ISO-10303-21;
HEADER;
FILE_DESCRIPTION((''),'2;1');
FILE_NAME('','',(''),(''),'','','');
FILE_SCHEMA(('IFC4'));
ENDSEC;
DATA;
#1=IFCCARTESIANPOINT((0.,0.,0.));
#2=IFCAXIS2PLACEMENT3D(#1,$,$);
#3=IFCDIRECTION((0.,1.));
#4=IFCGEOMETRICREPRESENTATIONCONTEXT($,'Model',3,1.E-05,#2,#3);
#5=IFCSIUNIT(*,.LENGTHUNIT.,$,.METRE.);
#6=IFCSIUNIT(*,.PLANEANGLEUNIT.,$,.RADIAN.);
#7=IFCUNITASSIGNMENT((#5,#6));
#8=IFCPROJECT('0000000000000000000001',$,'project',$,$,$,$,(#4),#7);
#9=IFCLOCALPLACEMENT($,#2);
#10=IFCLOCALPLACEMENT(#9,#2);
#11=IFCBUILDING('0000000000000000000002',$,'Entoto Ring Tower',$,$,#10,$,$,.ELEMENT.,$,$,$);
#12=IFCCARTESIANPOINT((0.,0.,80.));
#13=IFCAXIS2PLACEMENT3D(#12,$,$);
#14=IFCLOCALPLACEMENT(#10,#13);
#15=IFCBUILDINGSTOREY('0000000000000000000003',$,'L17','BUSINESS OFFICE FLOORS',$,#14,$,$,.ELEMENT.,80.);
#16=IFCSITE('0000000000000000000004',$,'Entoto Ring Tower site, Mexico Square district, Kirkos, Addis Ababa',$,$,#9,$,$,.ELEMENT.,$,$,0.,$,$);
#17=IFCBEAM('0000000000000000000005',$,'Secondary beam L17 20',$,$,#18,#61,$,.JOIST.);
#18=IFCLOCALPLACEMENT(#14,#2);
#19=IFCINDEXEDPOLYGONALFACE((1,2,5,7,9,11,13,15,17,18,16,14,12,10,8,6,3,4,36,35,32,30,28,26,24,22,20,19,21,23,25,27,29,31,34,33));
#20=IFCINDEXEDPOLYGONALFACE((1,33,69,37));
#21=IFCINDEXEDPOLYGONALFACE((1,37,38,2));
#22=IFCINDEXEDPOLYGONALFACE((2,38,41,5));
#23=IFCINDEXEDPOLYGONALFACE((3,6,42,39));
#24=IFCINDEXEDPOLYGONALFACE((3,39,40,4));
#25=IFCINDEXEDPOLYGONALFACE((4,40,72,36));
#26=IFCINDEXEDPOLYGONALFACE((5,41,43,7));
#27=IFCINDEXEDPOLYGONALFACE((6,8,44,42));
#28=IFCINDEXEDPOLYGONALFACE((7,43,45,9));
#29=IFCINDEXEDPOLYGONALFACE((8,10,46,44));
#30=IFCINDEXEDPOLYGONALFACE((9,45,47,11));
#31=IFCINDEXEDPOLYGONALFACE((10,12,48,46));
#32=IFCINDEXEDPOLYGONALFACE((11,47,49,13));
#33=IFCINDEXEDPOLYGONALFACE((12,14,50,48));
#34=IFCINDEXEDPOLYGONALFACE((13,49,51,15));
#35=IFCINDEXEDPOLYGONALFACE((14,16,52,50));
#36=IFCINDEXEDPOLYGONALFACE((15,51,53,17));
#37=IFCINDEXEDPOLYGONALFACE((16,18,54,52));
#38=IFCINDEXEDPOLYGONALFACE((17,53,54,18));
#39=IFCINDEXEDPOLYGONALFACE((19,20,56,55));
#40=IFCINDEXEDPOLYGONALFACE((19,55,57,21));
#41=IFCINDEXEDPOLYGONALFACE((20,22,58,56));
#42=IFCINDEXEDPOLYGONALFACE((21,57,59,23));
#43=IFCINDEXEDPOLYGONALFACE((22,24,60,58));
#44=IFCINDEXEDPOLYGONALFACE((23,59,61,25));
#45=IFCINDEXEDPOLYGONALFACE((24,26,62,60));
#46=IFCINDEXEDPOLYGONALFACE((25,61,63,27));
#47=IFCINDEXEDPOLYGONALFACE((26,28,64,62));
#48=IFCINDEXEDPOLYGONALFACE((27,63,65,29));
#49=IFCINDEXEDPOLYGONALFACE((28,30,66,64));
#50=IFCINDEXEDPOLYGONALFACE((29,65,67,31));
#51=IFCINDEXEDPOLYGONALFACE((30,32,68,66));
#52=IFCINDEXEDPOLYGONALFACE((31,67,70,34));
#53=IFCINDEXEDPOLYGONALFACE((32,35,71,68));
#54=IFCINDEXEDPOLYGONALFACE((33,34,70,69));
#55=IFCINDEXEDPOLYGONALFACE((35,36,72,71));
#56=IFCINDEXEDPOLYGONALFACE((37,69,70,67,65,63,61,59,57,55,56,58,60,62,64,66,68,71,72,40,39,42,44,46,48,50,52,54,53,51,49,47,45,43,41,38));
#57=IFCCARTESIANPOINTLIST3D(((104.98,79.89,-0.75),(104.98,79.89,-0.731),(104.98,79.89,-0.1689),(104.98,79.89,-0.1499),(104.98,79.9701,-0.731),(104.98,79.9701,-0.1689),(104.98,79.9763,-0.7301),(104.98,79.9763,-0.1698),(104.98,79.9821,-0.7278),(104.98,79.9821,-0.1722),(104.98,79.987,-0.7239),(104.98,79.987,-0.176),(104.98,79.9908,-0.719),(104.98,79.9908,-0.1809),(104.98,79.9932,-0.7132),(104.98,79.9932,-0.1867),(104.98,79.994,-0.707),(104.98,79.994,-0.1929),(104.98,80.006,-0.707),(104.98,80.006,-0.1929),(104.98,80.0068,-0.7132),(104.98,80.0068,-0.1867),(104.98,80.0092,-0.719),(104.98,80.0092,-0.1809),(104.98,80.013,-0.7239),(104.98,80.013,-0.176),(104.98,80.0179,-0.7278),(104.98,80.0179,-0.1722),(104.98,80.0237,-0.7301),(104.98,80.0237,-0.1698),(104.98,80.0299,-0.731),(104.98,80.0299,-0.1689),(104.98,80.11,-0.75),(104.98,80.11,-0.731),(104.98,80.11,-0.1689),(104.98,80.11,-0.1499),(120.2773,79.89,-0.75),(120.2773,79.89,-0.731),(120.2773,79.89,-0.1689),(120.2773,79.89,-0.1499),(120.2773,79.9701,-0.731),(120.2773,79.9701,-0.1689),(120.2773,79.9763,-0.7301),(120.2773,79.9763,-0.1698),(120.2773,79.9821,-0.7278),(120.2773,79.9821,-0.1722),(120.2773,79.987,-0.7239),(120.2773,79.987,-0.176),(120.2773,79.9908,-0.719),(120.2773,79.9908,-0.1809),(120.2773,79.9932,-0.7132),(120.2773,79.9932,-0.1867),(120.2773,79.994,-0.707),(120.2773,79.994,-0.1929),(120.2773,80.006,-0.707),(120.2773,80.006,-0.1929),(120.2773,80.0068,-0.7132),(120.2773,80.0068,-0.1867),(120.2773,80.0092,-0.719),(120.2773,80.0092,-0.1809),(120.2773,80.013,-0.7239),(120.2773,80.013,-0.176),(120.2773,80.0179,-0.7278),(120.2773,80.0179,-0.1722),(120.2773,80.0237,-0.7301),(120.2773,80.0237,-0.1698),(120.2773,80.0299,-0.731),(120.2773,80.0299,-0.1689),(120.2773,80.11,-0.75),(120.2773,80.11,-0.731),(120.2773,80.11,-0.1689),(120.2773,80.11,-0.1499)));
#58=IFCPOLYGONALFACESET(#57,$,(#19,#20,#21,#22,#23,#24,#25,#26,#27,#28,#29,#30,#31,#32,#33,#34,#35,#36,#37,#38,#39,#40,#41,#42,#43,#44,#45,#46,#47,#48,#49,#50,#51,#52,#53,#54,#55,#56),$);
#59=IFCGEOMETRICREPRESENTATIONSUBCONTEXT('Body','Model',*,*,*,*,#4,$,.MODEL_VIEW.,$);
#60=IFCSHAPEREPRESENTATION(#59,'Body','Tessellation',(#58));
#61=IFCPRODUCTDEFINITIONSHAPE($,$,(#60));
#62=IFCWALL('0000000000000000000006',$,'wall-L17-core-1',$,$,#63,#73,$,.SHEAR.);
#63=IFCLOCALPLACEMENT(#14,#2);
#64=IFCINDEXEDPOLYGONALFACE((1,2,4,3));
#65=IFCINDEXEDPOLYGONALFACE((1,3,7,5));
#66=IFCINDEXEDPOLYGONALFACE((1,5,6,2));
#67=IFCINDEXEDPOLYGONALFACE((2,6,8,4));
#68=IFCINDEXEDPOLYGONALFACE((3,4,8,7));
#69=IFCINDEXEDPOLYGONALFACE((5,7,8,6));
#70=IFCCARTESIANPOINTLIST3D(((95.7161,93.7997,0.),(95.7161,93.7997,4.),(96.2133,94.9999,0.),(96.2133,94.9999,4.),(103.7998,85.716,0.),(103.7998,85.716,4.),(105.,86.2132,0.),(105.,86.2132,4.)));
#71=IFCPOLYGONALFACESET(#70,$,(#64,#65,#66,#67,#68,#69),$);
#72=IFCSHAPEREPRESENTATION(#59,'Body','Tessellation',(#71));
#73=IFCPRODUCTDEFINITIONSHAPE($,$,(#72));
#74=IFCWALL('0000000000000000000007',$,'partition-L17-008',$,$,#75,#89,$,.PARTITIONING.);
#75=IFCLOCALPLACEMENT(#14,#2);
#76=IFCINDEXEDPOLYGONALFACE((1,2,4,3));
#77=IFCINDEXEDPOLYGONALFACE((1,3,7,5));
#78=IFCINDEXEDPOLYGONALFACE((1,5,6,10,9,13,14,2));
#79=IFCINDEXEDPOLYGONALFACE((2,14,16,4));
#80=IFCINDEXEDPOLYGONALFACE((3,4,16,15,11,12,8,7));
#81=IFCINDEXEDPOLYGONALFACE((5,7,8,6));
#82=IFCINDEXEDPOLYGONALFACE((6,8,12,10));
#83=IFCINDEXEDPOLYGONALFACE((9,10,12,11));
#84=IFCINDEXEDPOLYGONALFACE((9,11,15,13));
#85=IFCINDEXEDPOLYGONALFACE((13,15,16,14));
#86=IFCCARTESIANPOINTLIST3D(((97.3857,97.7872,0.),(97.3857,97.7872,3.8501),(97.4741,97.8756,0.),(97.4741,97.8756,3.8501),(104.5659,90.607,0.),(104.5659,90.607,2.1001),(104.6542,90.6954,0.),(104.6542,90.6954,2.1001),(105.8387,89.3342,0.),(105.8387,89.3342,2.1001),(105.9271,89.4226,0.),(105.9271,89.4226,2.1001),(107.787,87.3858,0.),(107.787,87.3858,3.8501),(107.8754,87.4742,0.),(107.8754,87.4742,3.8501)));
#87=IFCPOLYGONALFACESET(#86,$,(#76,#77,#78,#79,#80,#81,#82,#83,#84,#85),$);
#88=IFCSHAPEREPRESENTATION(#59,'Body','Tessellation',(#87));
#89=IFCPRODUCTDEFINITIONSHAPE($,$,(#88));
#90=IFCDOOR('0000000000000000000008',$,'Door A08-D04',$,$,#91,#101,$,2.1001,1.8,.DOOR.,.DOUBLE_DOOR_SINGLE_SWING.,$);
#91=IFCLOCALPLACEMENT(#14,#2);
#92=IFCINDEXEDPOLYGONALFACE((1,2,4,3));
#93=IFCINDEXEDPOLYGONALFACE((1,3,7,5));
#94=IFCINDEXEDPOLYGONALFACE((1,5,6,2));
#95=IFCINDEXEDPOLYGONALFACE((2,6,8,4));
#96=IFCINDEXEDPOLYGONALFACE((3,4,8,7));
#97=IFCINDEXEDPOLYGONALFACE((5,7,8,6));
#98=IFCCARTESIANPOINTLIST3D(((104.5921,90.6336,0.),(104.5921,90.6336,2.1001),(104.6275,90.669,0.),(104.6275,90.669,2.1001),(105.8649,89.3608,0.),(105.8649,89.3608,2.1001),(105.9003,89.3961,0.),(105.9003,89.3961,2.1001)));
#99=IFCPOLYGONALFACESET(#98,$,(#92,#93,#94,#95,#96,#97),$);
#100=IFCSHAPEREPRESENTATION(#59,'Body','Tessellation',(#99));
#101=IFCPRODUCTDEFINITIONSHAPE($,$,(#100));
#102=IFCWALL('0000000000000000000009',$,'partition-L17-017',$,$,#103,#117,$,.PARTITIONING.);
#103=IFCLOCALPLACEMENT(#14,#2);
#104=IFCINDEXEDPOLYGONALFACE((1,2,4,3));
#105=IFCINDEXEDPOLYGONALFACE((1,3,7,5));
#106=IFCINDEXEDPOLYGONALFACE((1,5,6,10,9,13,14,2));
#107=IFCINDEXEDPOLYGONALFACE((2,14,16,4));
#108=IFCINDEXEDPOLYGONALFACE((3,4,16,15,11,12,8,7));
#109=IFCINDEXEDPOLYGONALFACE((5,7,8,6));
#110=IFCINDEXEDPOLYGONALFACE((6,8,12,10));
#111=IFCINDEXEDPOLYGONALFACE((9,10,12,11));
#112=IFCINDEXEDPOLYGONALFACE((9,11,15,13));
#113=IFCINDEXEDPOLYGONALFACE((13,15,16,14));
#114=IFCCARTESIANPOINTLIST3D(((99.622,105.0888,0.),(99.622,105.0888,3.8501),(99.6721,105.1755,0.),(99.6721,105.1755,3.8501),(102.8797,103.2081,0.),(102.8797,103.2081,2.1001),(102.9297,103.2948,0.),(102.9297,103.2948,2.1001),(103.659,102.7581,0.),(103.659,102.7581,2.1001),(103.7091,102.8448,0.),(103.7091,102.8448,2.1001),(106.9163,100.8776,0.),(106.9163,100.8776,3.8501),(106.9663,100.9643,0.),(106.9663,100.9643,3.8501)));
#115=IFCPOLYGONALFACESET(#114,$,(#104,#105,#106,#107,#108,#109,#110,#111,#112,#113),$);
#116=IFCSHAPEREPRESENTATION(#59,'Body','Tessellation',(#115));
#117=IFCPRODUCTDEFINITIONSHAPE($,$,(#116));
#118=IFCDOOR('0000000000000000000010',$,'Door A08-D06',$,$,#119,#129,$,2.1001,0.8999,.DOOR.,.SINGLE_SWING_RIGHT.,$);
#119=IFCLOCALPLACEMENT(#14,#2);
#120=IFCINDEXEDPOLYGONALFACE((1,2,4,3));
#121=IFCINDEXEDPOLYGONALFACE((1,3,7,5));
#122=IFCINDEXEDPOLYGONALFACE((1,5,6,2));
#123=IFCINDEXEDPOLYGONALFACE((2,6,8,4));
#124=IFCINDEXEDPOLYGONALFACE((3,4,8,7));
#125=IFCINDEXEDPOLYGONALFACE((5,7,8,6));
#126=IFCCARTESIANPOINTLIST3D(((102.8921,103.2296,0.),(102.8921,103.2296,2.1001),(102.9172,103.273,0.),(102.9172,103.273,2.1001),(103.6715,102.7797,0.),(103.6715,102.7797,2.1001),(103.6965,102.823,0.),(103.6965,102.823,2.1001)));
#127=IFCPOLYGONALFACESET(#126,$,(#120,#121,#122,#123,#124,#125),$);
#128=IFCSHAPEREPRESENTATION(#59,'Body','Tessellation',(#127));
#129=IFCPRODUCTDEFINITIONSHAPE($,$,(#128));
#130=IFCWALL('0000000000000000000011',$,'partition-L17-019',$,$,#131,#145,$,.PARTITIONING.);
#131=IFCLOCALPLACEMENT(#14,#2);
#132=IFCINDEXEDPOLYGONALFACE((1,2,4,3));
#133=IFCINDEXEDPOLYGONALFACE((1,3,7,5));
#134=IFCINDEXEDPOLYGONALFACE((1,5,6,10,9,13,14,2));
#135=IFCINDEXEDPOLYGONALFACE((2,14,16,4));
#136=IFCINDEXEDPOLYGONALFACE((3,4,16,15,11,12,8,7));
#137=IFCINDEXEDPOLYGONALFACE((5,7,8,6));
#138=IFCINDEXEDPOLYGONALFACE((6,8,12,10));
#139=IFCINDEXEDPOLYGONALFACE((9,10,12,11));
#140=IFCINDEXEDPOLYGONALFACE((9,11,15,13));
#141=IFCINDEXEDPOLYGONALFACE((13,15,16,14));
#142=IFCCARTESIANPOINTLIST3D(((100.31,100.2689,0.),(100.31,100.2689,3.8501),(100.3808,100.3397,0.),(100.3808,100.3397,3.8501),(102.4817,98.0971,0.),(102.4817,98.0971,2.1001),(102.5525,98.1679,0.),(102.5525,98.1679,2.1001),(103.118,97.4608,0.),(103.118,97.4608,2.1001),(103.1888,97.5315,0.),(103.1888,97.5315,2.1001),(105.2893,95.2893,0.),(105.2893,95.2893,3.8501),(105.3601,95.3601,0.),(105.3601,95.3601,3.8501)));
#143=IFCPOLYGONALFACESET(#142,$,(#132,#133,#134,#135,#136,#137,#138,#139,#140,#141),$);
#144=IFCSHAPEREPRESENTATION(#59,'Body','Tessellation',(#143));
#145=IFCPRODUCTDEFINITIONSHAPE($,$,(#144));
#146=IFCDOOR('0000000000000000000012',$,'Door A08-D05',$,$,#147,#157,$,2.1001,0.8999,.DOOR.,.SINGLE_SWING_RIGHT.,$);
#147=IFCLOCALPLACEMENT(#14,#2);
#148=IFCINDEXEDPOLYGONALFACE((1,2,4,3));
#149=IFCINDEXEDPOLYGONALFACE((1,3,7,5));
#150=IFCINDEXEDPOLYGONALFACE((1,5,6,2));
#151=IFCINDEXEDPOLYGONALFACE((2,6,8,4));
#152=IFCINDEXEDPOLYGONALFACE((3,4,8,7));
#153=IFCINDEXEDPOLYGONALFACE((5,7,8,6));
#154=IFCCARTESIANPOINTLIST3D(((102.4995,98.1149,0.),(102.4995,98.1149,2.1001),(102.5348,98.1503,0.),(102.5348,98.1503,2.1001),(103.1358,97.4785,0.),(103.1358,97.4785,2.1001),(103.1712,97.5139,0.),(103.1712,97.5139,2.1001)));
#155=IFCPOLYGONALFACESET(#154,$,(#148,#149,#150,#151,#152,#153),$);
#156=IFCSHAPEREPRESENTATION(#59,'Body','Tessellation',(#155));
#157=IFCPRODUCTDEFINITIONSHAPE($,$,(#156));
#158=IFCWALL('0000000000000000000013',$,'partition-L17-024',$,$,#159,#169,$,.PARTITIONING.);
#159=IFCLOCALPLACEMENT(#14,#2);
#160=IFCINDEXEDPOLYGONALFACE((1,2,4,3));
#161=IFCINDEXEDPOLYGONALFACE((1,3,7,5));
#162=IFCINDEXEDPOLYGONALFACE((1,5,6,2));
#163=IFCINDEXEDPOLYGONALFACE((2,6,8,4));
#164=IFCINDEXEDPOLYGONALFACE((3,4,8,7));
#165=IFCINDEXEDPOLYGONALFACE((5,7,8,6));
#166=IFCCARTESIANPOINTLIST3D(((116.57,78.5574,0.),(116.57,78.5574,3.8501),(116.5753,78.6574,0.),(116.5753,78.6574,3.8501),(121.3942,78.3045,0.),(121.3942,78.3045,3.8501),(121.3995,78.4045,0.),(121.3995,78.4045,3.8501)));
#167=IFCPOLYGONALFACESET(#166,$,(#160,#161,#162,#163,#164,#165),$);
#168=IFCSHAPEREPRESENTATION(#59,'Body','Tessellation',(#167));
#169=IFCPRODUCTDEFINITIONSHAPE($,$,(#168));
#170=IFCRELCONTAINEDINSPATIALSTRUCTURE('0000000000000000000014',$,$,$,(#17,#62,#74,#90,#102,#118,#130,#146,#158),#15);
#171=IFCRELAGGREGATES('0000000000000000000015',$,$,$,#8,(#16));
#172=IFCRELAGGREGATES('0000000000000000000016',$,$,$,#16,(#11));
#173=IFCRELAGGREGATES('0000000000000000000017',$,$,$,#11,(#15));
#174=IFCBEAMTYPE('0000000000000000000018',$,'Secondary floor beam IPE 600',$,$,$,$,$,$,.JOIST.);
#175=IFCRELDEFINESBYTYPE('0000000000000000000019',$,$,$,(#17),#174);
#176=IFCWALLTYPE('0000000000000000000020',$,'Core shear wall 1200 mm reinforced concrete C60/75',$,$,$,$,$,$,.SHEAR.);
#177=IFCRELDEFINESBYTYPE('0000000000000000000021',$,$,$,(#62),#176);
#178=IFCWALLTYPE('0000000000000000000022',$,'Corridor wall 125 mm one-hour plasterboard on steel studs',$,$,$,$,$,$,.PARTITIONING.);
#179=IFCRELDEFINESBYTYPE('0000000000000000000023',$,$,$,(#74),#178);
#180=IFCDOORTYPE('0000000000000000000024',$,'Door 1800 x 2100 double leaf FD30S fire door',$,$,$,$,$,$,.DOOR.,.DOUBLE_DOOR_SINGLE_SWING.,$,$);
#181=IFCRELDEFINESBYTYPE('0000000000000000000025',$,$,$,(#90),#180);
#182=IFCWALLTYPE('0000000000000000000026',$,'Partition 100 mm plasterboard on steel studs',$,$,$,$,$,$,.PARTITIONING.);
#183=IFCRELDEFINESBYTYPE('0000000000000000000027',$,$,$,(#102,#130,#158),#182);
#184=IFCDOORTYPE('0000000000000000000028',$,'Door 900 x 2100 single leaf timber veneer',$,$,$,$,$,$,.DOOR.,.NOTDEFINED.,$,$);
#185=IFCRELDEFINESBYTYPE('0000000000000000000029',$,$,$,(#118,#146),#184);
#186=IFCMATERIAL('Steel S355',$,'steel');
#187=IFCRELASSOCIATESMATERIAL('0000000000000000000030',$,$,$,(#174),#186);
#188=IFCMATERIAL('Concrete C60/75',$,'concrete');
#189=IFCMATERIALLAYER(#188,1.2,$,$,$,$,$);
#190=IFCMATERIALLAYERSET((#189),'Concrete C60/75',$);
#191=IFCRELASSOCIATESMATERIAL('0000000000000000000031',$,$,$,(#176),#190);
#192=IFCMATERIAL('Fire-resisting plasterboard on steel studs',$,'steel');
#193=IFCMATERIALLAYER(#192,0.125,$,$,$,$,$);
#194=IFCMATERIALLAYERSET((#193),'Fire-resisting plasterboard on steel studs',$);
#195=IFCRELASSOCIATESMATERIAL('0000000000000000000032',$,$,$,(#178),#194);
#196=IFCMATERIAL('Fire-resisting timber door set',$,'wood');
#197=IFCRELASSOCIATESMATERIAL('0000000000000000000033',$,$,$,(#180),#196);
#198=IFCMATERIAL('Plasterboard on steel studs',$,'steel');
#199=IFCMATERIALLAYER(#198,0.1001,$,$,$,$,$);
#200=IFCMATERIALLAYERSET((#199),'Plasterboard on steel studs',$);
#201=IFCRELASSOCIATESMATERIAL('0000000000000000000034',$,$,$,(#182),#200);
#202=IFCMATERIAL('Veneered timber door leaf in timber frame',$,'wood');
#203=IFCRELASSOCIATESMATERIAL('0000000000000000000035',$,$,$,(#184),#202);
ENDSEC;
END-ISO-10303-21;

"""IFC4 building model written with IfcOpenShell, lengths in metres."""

from ifc_helpers import new_model, si_unit, direction, frame, frame_2d, origin, origin_2d, place, context, subcontext, project, spatial, polyline, rectangle, i_section, outline, extrude, material, layer, layer_set, material_profile, profile_set, type_object, element, fill, save


model = new_model("IFC4")

# Units and contexts
model_context = context("Model", 3, precision=1e-05, world=origin(), true_north=direction((0.0, 1.0)))
body_context = subcontext(model_context, "Body", "Model", "MODEL_VIEW")
ifc_project = project(units=[si_unit("LENGTHUNIT", "METRE"), si_unit("PLANEANGLEUNIT", "RADIAN")], contexts=[model_context])

# Site, building, storey
site_placement = place(None, origin())
site = spatial("IfcSite", under=ifc_project, at=site_placement, Name="Entoto Ring Tower site, Mexico Square district, Kirkos, Addis Ababa", CompositionType="ELEMENT", RefElevation=0.0)
building_placement = place(site_placement, origin())
building = spatial("IfcBuilding", under=site, at=building_placement, Name="Entoto Ring Tower", CompositionType="ELEMENT")
storey_placement = place(building_placement, frame((0.0, 0.0, 80.0)))
storey = spatial("IfcBuildingStorey", under=building, at=storey_placement, Name="L17", Description="BUSINESS OFFICE FLOORS", CompositionType="ELEMENT", Elevation=80.0)

# Beam
ifc_material_1 = material(Name="Steel S355", Category="steel")
ifc_material_profile_1 = material_profile(ifc_material_1, i_section(OverallWidth=0.22, OverallDepth=0.6001, WebThickness=0.012, FlangeThickness=0.019, FilletRadius=0.0239, at=origin_2d()), Name="IPE 600")
ifc_profile_set_1 = profile_set([ifc_material_profile_1], Name="Steel S355")
beam_type_1 = type_object("IfcBeamType", Name="Secondary floor beam IPE 600", PredefinedType="JOIST", material=ifc_profile_set_1)
beam_1_placement = place(storey_placement, frame((104.98, 80.0, -0.45), z_axis=(1.0, 0.0, 0.0), x_axis=(0.0, 1.0, 0.0)))
element("IfcBeam", 1, at=beam_1_placement, inside=storey, type_object=beam_type_1, Name="Secondary beam L17 20", PredefinedType="JOIST", context=body_context, shape_type="SweptSolid", body=[
    extrude(i_section(OverallWidth=0.22, OverallDepth=0.6001, WebThickness=0.012, FlangeThickness=0.019, FilletRadius=0.0239, at=origin_2d()), origin(), (0.0, 0.0, 1.0), 15.2974),
])

# Wall
ifc_material_2 = material(Name="Concrete C60/75", Category="concrete")
ifc_layer_1 = layer(ifc_material_2, 1.2)
ifc_layer_set_1 = layer_set([ifc_layer_1], Name="Concrete C60/75")
wall_type_1 = type_object("IfcWallType", Name="Core shear wall 1200 mm reinforced concrete C60/75", PredefinedType="SHEAR", material=ifc_layer_set_1)
wall_1_placement = place(storey_placement, frame((104.3999, 85.9646, 0.0), z_axis=(0.0, 0.0, 1.0), x_axis=(-0.707107, 0.707107, 0.0)))
element("IfcWall", 2, at=wall_1_placement, inside=storey, type_object=wall_type_1, Name="wall-L17-core-1", PredefinedType="SHEAR", context=body_context, shape_type="SweptSolid", body=[
    extrude(outline(polyline([(-0.2485, -0.6001), (12.1777, -0.6001), (11.6807, 0.6001), (0.2485, 0.6001), (-0.2485, -0.6001)])), origin(), (0.0, 0.0, 1.0), 4.0),
])

# Walls, openings, doors
ifc_material_3 = material(Name="Fire-resisting plasterboard on steel studs", Category="steel")
ifc_layer_2 = layer(ifc_material_3, 0.125)
ifc_layer_set_2 = layer_set([ifc_layer_2], Name="Fire-resisting plasterboard on steel studs")
wall_type_2 = type_object("IfcWallType", Name="Corridor wall 125 mm one-hour plasterboard on steel studs", PredefinedType="PARTITIONING", material=ifc_layer_set_2)
wall_2_placement = place(storey_placement, frame((107.8313, 87.4299, 0.0), z_axis=(0.0, 0.0, 1.0), x_axis=(-0.707107, 0.707107, 0.0)))
wall_2 = element("IfcWall", 3, at=wall_2_placement, inside=storey, type_object=wall_type_2, Name="partition-L17-008", PredefinedType="PARTITIONING", context=body_context, shape_type="SweptSolid", body=[
    extrude(rectangle(XDim=14.7097, YDim=0.125, at=frame_2d((7.355, 0.0))), origin(), (0.0, 0.0, 1.0), 3.8501),
])
opening_1_placement = place(wall_2_placement, frame((2.7556, 0.0, 0.0)))
opening_1 = element("IfcOpeningElement", 4, at=opening_1_placement, cuts=wall_2, PredefinedType="OPENING", context=body_context, shape_type="SweptSolid", body=[
    extrude(rectangle(XDim=1.8, YDim=2.1001, at=frame_2d((0.8999, 1.05))), frame((0.0, 0.0725, 0.0), z_axis=(0.0, -1.0, 0.0), x_axis=(1.0, 0.0, 0.0)), (0.0, 0.0, 1.0), 0.145),
])
ifc_material_4 = material(Name="Fire-resisting timber door set", Category="wood")
door_type_1 = type_object("IfcDoorType", Name="Door 1800 x 2100 double leaf FD30S fire door", OperationType="DOUBLE_DOOR_SINGLE_SWING", PredefinedType="DOOR", material=ifc_material_4)
door_1_placement = place(opening_1_placement, frame((1.8, 0.0, 0.0), z_axis=(0.0, 0.0, 1.0), x_axis=(-1.0, 0.0, 0.0)))
door_1 = element("IfcDoor", 5, at=door_1_placement, inside=storey, type_object=door_type_1, Name="Door A08-D04", OperationType="DOUBLE_DOOR_SINGLE_SWING", OverallHeight=2.1001, OverallWidth=1.8, PredefinedType="DOOR", context=body_context, shape_type="SweptSolid", body=[
    extrude(rectangle(XDim=1.8, YDim=2.1001, at=frame_2d((0.8999, 1.05))), frame((0.0, 0.0249, 0.0), z_axis=(0.0, -1.0, 0.0), x_axis=(1.0, 0.0, 0.0)), (0.0, 0.0, 1.0), 0.05),
])
fill(opening_1, door_1)
ifc_material_5 = material(Name="Plasterboard on steel studs", Category="steel")
ifc_layer_3 = layer(ifc_material_5, 0.1001)
ifc_layer_set_3 = layer_set([ifc_layer_3], Name="Plasterboard on steel studs")
wall_type_3 = type_object("IfcWallType", Name="Partition 100 mm plasterboard on steel studs", PredefinedType="PARTITIONING", material=ifc_layer_set_3)
wall_3_placement = place(storey_placement, frame((106.9414, 100.9209, 0.0), z_axis=(0.0, 0.0, 1.0), x_axis=(-0.866032, 0.499989, 0.0)))
wall_3 = element("IfcWall", 6, at=wall_3_placement, inside=storey, type_object=wall_type_3, Name="partition-L17-017", PredefinedType="PARTITIONING", context=body_context, shape_type="SweptSolid", body=[
    extrude(rectangle(XDim=8.4226, YDim=0.1001, at=frame_2d((4.2114, 0.0))), origin(), (0.0, 0.0, 1.0), 3.8501),
])
opening_2_placement = place(wall_3_placement, frame((3.7612, 0.0, 0.0)))
opening_2 = element("IfcOpeningElement", 7, at=opening_2_placement, cuts=wall_3, PredefinedType="OPENING", context=body_context, shape_type="SweptSolid", body=[
    extrude(rectangle(XDim=0.8999, YDim=2.1001, at=frame_2d((0.45, 1.05))), frame((0.0, 0.0601, 0.0), z_axis=(0.0, -1.0, 0.0), x_axis=(1.0, 0.0, 0.0)), (0.0, 0.0, 1.0), 0.1201),
])
ifc_material_6 = material(Name="Veneered timber door leaf in timber frame", Category="wood")
door_type_2 = type_object("IfcDoorType", Name="Door 900 x 2100 single leaf timber veneer", OperationType="NOTDEFINED", PredefinedType="DOOR", material=ifc_material_6)
door_2_placement = place(opening_2_placement, frame((0.8999, 0.0, 0.0), z_axis=(0.0, 0.0, 1.0), x_axis=(-1.0, 0.0, 0.0)))
door_2 = element("IfcDoor", 8, at=door_2_placement, inside=storey, type_object=door_type_2, Name="Door A08-D06", OperationType="SINGLE_SWING_RIGHT", OverallHeight=2.1001, OverallWidth=0.8999, PredefinedType="DOOR", context=body_context, shape_type="SweptSolid", body=[
    extrude(rectangle(XDim=0.8999, YDim=2.1001, at=frame_2d((0.45, 1.05))), frame((0.0, 0.0249, 0.0), z_axis=(0.0, -1.0, 0.0), x_axis=(1.0, 0.0, 0.0)), (0.0, 0.0, 1.0), 0.05),
])
fill(opening_2, door_2)
wall_4_placement = place(storey_placement, frame((105.3247, 95.3247, 0.0), z_axis=(0.0, 0.0, 1.0), x_axis=(-0.707089, 0.707124, 0.0)))
wall_4 = element("IfcWall", 9, at=wall_4_placement, inside=storey, type_object=wall_type_3, Name="partition-L17-019", PredefinedType="PARTITIONING", context=body_context, shape_type="SweptSolid", body=[
    extrude(rectangle(XDim=7.042, YDim=0.1001, at=frame_2d((3.521, 0.0))), origin(), (0.0, 0.0, 1.0), 3.8501),
])
opening_3_placement = place(wall_4_placement, frame((3.0708, 0.0, 0.0)))
opening_3 = element("IfcOpeningElement", 10, at=opening_3_placement, cuts=wall_4, PredefinedType="OPENING", context=body_context, shape_type="SweptSolid", body=[
    extrude(rectangle(XDim=0.8999, YDim=2.1001, at=frame_2d((0.45, 1.05))), frame((0.0, 0.0601, 0.0), z_axis=(0.0, -1.0, 0.0), x_axis=(1.0, 0.0, 0.0)), (0.0, 0.0, 1.0), 0.1201),
])
door_3_placement = place(opening_3_placement, origin())
door_3 = element("IfcDoor", 11, at=door_3_placement, inside=storey, type_object=door_type_2, Name="Door A08-D05", OperationType="SINGLE_SWING_RIGHT", OverallHeight=2.1001, OverallWidth=0.8999, PredefinedType="DOOR", context=body_context, shape_type="SweptSolid", body=[
    extrude(rectangle(XDim=0.8999, YDim=2.1001, at=frame_2d((0.45, 1.05))), frame((0.0, 0.0249, 0.0), z_axis=(0.0, -1.0, 0.0), x_axis=(1.0, 0.0, 0.0)), (0.0, 0.0, 1.0), 0.05),
])
fill(opening_3, door_3)

# Wall
wall_5_placement = place(storey_placement, frame((121.397, 78.3545, 0.0), z_axis=(0.0, 0.0, 1.0), x_axis=(-0.998628, 0.052357, 0.0)))
element("IfcWall", 12, at=wall_5_placement, inside=storey, type_object=wall_type_3, Name="partition-L17-024", PredefinedType="PARTITIONING", context=body_context, shape_type="SweptSolid", body=[
    extrude(rectangle(XDim=4.8308, YDim=0.1001, at=frame_2d((2.4155, 0.0))), origin(), (0.0, 0.0, 1.0), 3.8501),
])

save(model, "model.ifc")
